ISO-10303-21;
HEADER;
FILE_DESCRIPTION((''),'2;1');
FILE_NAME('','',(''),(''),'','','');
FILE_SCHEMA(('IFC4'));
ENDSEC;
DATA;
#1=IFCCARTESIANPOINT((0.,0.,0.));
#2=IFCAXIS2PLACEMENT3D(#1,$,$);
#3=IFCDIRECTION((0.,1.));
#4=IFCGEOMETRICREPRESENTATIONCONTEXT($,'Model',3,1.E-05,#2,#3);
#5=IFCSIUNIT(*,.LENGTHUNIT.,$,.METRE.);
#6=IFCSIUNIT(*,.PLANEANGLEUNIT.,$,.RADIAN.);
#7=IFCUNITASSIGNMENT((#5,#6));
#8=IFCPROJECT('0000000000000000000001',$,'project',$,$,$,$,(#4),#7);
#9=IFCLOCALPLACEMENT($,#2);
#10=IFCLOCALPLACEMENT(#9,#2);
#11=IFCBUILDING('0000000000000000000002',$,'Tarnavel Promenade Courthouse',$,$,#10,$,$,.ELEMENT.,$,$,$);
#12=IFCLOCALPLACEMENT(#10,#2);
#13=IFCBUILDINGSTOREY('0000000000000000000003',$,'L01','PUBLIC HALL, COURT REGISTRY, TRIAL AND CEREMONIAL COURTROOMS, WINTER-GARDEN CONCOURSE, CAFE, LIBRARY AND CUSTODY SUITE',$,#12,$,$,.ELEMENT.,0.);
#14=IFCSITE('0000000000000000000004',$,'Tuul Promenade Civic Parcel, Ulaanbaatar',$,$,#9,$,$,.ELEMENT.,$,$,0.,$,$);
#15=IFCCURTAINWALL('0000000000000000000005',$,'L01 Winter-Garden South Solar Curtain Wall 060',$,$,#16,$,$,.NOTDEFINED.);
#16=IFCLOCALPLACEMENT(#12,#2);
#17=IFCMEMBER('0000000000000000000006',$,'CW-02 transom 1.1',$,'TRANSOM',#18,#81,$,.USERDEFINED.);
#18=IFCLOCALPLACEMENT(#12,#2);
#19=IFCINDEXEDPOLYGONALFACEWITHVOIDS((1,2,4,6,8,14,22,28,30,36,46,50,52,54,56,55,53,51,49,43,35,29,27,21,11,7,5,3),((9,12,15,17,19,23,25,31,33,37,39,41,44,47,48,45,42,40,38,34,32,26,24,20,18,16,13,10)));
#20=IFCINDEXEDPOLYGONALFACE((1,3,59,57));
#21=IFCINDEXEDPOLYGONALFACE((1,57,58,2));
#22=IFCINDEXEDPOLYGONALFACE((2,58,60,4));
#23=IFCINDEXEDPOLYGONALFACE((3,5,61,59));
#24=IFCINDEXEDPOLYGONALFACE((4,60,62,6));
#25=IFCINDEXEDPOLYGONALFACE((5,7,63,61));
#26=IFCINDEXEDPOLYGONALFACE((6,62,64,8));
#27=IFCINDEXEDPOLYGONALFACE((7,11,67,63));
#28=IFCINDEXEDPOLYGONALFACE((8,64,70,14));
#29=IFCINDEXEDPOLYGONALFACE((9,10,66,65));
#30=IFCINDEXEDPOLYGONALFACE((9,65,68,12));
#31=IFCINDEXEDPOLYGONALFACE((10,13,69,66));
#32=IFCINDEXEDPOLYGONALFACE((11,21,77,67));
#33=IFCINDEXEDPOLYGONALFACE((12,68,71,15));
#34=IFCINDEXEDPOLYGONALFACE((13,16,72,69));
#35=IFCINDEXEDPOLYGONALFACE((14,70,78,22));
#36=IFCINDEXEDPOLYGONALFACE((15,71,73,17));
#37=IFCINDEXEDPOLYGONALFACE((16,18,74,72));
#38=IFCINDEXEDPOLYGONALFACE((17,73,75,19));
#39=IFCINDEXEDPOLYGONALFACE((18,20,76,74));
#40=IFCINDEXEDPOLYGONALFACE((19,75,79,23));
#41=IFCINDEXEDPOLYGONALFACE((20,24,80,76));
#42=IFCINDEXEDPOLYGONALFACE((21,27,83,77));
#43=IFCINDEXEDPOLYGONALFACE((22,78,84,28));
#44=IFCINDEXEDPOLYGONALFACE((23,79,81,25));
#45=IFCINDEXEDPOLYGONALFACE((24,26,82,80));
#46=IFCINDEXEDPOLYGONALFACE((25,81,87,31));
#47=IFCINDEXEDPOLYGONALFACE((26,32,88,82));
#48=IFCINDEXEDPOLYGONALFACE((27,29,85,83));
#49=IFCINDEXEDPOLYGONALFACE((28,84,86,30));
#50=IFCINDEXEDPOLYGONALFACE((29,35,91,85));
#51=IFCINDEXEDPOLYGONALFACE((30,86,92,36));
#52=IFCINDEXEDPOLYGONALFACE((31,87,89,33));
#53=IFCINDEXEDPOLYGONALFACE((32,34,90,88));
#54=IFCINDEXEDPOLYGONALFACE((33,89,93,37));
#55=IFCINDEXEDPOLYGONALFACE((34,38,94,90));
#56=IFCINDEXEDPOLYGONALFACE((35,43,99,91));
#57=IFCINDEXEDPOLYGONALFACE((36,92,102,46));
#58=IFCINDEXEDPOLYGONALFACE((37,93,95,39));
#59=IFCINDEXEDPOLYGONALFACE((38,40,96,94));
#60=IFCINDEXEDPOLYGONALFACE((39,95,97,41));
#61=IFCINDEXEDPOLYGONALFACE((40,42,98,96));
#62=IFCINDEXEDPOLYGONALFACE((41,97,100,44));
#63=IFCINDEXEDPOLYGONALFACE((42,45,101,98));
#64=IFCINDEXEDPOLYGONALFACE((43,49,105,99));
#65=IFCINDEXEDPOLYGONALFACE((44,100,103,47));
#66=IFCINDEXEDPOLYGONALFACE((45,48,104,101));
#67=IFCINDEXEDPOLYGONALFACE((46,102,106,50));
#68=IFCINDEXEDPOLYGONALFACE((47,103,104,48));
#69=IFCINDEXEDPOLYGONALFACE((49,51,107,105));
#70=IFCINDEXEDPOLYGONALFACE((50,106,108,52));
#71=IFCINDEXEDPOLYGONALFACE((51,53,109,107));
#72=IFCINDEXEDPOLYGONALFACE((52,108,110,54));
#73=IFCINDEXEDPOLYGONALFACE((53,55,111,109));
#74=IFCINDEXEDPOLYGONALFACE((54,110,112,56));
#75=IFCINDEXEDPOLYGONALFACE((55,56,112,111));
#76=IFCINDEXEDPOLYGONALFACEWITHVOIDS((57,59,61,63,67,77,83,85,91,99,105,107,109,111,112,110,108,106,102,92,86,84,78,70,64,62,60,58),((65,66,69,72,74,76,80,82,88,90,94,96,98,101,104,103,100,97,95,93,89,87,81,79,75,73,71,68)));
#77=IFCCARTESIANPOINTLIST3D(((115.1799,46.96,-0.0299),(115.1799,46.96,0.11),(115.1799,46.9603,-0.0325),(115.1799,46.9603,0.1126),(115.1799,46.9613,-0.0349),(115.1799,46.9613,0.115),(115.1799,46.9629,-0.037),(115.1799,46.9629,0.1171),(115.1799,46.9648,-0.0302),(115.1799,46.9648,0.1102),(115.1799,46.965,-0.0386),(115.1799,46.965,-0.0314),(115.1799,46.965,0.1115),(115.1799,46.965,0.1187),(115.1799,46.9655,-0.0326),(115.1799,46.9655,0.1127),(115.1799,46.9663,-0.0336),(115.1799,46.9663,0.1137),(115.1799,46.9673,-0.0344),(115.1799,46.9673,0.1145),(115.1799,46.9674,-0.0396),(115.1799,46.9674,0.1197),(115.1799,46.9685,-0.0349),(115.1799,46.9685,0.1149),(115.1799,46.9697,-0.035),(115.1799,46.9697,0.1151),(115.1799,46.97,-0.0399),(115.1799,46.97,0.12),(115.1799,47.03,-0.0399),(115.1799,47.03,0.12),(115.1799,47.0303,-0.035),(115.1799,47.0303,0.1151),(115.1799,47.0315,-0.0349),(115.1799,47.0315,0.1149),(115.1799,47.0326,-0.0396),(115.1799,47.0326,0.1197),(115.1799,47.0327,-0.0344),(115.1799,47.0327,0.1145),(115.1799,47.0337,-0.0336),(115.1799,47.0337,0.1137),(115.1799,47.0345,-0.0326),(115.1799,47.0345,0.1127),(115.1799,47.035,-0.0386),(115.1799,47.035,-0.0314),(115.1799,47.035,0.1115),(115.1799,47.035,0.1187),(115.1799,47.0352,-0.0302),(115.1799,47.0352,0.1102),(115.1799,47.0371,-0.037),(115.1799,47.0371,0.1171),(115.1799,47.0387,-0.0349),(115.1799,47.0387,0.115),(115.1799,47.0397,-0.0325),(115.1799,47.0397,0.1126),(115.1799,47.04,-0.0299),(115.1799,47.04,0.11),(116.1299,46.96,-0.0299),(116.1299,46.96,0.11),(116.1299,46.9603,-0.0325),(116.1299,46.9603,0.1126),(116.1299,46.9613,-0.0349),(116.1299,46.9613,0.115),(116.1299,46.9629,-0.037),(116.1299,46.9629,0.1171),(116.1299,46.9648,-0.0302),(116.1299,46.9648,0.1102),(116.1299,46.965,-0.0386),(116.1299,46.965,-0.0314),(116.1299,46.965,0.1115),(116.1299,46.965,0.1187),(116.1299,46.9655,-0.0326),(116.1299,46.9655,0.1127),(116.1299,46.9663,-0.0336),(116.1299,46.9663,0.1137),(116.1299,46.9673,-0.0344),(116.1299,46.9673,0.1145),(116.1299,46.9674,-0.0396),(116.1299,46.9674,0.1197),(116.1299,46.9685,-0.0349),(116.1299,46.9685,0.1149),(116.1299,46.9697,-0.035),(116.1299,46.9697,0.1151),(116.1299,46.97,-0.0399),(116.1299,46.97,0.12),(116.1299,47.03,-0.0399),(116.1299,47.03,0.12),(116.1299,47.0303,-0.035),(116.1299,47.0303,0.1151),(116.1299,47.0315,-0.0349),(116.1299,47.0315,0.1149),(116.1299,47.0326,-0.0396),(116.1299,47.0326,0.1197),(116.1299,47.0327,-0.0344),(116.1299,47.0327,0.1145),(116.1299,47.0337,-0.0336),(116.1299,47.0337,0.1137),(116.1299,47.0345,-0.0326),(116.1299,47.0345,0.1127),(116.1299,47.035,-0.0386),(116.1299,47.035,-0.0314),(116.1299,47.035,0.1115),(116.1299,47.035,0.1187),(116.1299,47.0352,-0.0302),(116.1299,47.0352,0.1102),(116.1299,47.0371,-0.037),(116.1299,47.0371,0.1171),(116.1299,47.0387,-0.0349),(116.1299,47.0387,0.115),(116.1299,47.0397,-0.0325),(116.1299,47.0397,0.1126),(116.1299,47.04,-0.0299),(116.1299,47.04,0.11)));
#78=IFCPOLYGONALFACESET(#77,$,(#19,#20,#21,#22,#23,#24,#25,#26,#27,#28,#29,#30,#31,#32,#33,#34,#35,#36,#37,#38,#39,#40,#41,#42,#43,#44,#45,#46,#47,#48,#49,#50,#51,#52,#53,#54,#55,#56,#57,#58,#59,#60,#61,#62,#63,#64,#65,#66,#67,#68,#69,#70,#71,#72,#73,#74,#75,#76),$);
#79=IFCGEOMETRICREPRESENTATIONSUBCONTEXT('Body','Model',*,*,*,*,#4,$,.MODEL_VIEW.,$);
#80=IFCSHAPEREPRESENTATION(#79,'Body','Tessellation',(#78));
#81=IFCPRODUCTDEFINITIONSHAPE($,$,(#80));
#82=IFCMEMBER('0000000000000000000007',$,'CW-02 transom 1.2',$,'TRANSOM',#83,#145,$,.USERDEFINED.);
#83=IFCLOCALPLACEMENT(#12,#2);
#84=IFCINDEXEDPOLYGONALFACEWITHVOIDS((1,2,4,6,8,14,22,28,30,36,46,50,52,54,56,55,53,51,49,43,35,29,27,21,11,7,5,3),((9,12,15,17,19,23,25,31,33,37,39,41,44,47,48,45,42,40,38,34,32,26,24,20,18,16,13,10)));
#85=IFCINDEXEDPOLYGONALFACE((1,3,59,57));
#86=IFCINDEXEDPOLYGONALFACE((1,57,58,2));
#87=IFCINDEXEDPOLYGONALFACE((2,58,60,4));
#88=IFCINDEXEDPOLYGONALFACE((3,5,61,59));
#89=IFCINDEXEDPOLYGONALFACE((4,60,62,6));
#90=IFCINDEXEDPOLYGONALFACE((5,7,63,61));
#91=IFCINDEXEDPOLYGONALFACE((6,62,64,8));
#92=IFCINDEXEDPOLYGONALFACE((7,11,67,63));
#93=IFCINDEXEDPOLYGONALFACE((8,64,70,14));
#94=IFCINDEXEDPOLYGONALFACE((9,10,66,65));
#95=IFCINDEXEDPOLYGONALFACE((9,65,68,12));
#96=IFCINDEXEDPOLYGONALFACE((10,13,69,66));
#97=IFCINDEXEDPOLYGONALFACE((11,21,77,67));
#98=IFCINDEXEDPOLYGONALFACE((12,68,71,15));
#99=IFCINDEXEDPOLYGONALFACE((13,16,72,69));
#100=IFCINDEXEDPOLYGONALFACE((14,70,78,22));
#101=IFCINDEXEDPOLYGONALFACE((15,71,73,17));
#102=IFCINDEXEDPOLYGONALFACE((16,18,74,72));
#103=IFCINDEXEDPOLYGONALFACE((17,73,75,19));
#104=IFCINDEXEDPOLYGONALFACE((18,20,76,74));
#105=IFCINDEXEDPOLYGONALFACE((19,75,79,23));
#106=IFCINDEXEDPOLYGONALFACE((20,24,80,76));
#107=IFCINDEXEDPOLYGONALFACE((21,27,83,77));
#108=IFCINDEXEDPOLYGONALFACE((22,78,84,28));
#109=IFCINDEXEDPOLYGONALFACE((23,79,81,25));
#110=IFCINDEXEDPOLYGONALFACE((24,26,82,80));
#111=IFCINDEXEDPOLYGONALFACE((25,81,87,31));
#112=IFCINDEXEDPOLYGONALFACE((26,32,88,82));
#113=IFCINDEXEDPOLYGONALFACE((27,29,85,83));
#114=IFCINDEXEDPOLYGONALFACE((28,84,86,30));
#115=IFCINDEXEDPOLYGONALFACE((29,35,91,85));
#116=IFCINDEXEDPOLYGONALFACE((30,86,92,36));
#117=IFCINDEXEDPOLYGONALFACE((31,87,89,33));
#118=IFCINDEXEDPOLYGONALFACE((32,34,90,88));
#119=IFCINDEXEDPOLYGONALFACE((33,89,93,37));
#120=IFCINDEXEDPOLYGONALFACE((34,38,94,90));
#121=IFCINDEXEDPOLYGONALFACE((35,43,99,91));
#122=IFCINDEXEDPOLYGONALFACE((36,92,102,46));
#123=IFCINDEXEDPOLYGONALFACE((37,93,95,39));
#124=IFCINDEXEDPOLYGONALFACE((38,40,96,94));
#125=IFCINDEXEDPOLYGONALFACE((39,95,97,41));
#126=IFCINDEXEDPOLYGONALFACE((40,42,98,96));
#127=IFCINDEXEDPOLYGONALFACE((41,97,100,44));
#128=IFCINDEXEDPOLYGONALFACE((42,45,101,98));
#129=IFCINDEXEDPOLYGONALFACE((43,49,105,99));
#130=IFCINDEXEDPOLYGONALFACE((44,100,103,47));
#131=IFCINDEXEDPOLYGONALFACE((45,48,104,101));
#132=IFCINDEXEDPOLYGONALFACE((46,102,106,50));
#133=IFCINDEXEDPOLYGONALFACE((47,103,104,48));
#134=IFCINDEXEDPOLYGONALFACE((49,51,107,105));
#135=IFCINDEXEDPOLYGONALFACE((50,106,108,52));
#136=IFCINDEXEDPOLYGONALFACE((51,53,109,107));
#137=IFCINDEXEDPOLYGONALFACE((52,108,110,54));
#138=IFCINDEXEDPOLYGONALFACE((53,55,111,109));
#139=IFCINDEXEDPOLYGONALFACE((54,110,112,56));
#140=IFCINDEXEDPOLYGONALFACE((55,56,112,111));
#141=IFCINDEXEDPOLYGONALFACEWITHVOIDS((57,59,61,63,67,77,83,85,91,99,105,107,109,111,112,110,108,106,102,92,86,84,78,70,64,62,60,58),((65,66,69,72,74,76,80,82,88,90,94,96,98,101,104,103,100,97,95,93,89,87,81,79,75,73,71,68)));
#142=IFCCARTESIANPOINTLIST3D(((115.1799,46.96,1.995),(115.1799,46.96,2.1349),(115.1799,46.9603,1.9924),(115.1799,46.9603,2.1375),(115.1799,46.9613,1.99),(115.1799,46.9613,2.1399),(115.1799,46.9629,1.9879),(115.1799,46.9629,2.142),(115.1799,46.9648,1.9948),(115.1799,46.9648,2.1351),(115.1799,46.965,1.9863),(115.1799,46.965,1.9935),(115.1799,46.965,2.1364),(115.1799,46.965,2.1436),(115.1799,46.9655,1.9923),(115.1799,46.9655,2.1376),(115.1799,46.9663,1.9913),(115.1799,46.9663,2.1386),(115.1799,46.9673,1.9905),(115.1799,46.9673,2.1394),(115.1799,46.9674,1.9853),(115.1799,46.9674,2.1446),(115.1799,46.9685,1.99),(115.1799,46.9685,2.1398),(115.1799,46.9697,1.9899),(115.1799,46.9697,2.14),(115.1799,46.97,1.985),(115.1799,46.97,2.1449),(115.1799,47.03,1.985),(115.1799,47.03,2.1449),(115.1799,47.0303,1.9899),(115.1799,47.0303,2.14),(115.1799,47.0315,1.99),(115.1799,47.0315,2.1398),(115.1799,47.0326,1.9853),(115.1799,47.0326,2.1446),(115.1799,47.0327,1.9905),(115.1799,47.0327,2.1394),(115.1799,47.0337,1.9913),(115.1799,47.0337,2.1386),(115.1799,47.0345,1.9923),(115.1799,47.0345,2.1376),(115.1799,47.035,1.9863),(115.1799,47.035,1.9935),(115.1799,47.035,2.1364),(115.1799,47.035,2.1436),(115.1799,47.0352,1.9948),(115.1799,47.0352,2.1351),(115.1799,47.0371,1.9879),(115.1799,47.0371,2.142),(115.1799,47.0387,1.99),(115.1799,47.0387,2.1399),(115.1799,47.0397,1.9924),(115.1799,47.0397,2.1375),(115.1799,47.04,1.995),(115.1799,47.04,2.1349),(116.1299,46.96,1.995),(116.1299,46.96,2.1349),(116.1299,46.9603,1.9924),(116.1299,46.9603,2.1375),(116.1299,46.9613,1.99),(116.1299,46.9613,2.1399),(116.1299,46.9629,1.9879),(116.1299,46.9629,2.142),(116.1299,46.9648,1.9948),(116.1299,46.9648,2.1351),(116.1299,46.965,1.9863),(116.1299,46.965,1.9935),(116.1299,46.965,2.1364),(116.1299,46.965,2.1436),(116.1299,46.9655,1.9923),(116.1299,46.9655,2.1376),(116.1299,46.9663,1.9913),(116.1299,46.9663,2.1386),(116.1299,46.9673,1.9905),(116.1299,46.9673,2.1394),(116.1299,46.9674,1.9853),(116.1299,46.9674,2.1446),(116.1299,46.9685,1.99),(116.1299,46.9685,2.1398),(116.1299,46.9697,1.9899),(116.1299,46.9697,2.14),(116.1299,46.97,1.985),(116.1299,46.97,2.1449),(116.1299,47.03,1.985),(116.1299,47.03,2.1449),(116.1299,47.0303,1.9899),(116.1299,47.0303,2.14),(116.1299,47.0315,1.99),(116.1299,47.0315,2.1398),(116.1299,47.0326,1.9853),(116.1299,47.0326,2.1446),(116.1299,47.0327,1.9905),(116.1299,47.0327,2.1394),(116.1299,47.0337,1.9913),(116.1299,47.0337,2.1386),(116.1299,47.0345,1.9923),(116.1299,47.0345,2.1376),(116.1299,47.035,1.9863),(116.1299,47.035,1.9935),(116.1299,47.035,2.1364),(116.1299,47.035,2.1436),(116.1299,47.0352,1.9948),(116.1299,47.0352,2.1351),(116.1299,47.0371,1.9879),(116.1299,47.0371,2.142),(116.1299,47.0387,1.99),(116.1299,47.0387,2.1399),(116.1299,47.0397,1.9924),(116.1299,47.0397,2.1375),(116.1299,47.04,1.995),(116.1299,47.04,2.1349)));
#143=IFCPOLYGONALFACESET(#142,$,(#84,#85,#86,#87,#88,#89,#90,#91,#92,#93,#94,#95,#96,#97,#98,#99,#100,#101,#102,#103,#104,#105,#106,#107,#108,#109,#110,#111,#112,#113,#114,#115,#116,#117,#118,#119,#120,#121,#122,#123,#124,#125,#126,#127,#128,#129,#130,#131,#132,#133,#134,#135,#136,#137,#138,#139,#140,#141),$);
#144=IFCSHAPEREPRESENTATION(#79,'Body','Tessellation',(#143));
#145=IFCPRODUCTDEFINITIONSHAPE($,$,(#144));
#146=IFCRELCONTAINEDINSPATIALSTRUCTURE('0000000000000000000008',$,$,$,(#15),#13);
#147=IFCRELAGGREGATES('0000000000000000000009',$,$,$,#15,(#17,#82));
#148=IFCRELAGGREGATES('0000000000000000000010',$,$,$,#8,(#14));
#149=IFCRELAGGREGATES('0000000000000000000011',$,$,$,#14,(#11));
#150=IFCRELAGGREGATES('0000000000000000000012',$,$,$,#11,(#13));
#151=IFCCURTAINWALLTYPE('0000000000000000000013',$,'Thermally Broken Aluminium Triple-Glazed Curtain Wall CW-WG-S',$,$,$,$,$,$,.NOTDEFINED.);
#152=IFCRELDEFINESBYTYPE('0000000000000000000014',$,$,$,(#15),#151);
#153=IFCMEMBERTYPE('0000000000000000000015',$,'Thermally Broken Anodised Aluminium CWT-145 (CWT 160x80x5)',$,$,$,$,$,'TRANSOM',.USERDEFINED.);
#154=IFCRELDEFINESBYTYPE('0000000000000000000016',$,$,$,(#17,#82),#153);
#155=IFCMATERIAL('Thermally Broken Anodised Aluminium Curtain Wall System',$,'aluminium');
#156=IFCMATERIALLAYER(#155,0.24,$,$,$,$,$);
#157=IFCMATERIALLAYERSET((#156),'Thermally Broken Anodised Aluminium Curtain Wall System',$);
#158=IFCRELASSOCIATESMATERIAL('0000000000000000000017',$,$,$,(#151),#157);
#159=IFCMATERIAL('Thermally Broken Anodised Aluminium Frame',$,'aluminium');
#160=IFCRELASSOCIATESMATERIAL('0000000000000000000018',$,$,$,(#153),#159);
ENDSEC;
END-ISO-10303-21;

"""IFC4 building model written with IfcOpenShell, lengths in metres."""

from ifc_helpers import new_model, si_unit, direction, frame, origin, origin_2d, place, context, subcontext, project, spatial, hollow_rectangle, extrude, material, layer, layer_set, material_profile, profile_set, type_object, element, aggregate, save


model = new_model("IFC4")

# Units and contexts
model_context = context("Model", 3, precision=1e-05, world=origin(), true_north=direction((0.0, 1.0)))
body_context = subcontext(model_context, "Body", "Model", "MODEL_VIEW")
ifc_project = project(units=[si_unit("LENGTHUNIT", "METRE"), si_unit("PLANEANGLEUNIT", "RADIAN")], contexts=[model_context])

# Site, building, storey
site_placement = place(None, origin())
site = spatial("IfcSite", under=ifc_project, at=site_placement, Name="Tuul Promenade Civic Parcel, Ulaanbaatar", CompositionType="ELEMENT", RefElevation=0.0)
building_placement = place(site_placement, origin())
building = spatial("IfcBuilding", under=site, at=building_placement, Name="Tarnavel Promenade Courthouse", CompositionType="ELEMENT")
storey_placement = place(building_placement, origin())
storey = spatial("IfcBuildingStorey", under=building, at=storey_placement, Name="L01", Description="PUBLIC HALL, COURT REGISTRY, TRIAL AND CEREMONIAL COURTROOMS, WINTER-GARDEN CONCOURSE, CAFE, LIBRARY AND CUSTODY SUITE", CompositionType="ELEMENT", Elevation=0.0)

# Shared definitions
ifc_material_1 = material(Name="Thermally Broken Anodised Aluminium Curtain Wall System", Category="aluminium")
ifc_layer_1 = layer(ifc_material_1, 0.24)
ifc_layer_set_1 = layer_set([ifc_layer_1], Name="Thermally Broken Anodised Aluminium Curtain Wall System")
curtain_wall_type = type_object("IfcCurtainWallType", Name="Thermally Broken Aluminium Triple-Glazed Curtain Wall CW-WG-S", PredefinedType="NOTDEFINED", material=ifc_layer_set_1)
ifc_material_2 = material(Name="Thermally Broken Anodised Aluminium Frame", Category="aluminium")

# Curtain wall
curtain_wall_1_placement = place(storey_placement, origin())
curtain_wall_1 = element("IfcCurtainWall", 1, at=curtain_wall_1_placement, inside=storey, type_object=curtain_wall_type, Name="L01 Winter-Garden South Solar Curtain Wall 060", PredefinedType="NOTDEFINED")

# Members
ifc_material_profile_1 = material_profile(ifc_material_2, hollow_rectangle(XDim=0.0801, YDim=0.1599, WallThickness=0.0049, InnerFilletRadius=0.0049, OuterFilletRadius=0.01, at=origin_2d()), Name="CWT 160x80x5")
ifc_profile_set_1 = profile_set([ifc_material_profile_1], Name="Thermally Broken Anodised Aluminium Frame")
member_type_1 = type_object("IfcMemberType", Name="Thermally Broken Anodised Aluminium CWT-145 (CWT 160x80x5)", ElementType="TRANSOM", PredefinedType="USERDEFINED", material=ifc_profile_set_1)
member_1_placement = place(storey_placement, frame((115.1799, 47.0, 0.04), z_axis=(1.0, 0.0, 0.0), x_axis=(0.0, 1.0, 0.0)))
member_1 = element("IfcMember", 2, at=member_1_placement, type_object=member_type_1, Name="CW-02 transom 1.1", ObjectType="TRANSOM", PredefinedType="USERDEFINED", context=body_context, shape_type="SweptSolid", body=[
    extrude(hollow_rectangle(XDim=0.0801, YDim=0.1599, WallThickness=0.0049, InnerFilletRadius=0.0049, OuterFilletRadius=0.01, at=origin_2d()), origin(), (0.0, 0.0, 1.0), 0.95),
])
member_2_placement = place(storey_placement, frame((115.1799, 47.0, 2.0649), z_axis=(1.0, 0.0, 0.0), x_axis=(0.0, 1.0, 0.0)))
member_2 = element("IfcMember", 3, at=member_2_placement, type_object=member_type_1, Name="CW-02 transom 1.2", ObjectType="TRANSOM", PredefinedType="USERDEFINED", context=body_context, shape_type="SweptSolid", body=[
    extrude(hollow_rectangle(XDim=0.0801, YDim=0.1599, WallThickness=0.0049, InnerFilletRadius=0.0049, OuterFilletRadius=0.01, at=origin_2d()), origin(), (0.0, 0.0, 1.0), 0.95),
])

aggregate(curtain_wall_1, [member_1, member_2])

save(model, "model.ifc")
